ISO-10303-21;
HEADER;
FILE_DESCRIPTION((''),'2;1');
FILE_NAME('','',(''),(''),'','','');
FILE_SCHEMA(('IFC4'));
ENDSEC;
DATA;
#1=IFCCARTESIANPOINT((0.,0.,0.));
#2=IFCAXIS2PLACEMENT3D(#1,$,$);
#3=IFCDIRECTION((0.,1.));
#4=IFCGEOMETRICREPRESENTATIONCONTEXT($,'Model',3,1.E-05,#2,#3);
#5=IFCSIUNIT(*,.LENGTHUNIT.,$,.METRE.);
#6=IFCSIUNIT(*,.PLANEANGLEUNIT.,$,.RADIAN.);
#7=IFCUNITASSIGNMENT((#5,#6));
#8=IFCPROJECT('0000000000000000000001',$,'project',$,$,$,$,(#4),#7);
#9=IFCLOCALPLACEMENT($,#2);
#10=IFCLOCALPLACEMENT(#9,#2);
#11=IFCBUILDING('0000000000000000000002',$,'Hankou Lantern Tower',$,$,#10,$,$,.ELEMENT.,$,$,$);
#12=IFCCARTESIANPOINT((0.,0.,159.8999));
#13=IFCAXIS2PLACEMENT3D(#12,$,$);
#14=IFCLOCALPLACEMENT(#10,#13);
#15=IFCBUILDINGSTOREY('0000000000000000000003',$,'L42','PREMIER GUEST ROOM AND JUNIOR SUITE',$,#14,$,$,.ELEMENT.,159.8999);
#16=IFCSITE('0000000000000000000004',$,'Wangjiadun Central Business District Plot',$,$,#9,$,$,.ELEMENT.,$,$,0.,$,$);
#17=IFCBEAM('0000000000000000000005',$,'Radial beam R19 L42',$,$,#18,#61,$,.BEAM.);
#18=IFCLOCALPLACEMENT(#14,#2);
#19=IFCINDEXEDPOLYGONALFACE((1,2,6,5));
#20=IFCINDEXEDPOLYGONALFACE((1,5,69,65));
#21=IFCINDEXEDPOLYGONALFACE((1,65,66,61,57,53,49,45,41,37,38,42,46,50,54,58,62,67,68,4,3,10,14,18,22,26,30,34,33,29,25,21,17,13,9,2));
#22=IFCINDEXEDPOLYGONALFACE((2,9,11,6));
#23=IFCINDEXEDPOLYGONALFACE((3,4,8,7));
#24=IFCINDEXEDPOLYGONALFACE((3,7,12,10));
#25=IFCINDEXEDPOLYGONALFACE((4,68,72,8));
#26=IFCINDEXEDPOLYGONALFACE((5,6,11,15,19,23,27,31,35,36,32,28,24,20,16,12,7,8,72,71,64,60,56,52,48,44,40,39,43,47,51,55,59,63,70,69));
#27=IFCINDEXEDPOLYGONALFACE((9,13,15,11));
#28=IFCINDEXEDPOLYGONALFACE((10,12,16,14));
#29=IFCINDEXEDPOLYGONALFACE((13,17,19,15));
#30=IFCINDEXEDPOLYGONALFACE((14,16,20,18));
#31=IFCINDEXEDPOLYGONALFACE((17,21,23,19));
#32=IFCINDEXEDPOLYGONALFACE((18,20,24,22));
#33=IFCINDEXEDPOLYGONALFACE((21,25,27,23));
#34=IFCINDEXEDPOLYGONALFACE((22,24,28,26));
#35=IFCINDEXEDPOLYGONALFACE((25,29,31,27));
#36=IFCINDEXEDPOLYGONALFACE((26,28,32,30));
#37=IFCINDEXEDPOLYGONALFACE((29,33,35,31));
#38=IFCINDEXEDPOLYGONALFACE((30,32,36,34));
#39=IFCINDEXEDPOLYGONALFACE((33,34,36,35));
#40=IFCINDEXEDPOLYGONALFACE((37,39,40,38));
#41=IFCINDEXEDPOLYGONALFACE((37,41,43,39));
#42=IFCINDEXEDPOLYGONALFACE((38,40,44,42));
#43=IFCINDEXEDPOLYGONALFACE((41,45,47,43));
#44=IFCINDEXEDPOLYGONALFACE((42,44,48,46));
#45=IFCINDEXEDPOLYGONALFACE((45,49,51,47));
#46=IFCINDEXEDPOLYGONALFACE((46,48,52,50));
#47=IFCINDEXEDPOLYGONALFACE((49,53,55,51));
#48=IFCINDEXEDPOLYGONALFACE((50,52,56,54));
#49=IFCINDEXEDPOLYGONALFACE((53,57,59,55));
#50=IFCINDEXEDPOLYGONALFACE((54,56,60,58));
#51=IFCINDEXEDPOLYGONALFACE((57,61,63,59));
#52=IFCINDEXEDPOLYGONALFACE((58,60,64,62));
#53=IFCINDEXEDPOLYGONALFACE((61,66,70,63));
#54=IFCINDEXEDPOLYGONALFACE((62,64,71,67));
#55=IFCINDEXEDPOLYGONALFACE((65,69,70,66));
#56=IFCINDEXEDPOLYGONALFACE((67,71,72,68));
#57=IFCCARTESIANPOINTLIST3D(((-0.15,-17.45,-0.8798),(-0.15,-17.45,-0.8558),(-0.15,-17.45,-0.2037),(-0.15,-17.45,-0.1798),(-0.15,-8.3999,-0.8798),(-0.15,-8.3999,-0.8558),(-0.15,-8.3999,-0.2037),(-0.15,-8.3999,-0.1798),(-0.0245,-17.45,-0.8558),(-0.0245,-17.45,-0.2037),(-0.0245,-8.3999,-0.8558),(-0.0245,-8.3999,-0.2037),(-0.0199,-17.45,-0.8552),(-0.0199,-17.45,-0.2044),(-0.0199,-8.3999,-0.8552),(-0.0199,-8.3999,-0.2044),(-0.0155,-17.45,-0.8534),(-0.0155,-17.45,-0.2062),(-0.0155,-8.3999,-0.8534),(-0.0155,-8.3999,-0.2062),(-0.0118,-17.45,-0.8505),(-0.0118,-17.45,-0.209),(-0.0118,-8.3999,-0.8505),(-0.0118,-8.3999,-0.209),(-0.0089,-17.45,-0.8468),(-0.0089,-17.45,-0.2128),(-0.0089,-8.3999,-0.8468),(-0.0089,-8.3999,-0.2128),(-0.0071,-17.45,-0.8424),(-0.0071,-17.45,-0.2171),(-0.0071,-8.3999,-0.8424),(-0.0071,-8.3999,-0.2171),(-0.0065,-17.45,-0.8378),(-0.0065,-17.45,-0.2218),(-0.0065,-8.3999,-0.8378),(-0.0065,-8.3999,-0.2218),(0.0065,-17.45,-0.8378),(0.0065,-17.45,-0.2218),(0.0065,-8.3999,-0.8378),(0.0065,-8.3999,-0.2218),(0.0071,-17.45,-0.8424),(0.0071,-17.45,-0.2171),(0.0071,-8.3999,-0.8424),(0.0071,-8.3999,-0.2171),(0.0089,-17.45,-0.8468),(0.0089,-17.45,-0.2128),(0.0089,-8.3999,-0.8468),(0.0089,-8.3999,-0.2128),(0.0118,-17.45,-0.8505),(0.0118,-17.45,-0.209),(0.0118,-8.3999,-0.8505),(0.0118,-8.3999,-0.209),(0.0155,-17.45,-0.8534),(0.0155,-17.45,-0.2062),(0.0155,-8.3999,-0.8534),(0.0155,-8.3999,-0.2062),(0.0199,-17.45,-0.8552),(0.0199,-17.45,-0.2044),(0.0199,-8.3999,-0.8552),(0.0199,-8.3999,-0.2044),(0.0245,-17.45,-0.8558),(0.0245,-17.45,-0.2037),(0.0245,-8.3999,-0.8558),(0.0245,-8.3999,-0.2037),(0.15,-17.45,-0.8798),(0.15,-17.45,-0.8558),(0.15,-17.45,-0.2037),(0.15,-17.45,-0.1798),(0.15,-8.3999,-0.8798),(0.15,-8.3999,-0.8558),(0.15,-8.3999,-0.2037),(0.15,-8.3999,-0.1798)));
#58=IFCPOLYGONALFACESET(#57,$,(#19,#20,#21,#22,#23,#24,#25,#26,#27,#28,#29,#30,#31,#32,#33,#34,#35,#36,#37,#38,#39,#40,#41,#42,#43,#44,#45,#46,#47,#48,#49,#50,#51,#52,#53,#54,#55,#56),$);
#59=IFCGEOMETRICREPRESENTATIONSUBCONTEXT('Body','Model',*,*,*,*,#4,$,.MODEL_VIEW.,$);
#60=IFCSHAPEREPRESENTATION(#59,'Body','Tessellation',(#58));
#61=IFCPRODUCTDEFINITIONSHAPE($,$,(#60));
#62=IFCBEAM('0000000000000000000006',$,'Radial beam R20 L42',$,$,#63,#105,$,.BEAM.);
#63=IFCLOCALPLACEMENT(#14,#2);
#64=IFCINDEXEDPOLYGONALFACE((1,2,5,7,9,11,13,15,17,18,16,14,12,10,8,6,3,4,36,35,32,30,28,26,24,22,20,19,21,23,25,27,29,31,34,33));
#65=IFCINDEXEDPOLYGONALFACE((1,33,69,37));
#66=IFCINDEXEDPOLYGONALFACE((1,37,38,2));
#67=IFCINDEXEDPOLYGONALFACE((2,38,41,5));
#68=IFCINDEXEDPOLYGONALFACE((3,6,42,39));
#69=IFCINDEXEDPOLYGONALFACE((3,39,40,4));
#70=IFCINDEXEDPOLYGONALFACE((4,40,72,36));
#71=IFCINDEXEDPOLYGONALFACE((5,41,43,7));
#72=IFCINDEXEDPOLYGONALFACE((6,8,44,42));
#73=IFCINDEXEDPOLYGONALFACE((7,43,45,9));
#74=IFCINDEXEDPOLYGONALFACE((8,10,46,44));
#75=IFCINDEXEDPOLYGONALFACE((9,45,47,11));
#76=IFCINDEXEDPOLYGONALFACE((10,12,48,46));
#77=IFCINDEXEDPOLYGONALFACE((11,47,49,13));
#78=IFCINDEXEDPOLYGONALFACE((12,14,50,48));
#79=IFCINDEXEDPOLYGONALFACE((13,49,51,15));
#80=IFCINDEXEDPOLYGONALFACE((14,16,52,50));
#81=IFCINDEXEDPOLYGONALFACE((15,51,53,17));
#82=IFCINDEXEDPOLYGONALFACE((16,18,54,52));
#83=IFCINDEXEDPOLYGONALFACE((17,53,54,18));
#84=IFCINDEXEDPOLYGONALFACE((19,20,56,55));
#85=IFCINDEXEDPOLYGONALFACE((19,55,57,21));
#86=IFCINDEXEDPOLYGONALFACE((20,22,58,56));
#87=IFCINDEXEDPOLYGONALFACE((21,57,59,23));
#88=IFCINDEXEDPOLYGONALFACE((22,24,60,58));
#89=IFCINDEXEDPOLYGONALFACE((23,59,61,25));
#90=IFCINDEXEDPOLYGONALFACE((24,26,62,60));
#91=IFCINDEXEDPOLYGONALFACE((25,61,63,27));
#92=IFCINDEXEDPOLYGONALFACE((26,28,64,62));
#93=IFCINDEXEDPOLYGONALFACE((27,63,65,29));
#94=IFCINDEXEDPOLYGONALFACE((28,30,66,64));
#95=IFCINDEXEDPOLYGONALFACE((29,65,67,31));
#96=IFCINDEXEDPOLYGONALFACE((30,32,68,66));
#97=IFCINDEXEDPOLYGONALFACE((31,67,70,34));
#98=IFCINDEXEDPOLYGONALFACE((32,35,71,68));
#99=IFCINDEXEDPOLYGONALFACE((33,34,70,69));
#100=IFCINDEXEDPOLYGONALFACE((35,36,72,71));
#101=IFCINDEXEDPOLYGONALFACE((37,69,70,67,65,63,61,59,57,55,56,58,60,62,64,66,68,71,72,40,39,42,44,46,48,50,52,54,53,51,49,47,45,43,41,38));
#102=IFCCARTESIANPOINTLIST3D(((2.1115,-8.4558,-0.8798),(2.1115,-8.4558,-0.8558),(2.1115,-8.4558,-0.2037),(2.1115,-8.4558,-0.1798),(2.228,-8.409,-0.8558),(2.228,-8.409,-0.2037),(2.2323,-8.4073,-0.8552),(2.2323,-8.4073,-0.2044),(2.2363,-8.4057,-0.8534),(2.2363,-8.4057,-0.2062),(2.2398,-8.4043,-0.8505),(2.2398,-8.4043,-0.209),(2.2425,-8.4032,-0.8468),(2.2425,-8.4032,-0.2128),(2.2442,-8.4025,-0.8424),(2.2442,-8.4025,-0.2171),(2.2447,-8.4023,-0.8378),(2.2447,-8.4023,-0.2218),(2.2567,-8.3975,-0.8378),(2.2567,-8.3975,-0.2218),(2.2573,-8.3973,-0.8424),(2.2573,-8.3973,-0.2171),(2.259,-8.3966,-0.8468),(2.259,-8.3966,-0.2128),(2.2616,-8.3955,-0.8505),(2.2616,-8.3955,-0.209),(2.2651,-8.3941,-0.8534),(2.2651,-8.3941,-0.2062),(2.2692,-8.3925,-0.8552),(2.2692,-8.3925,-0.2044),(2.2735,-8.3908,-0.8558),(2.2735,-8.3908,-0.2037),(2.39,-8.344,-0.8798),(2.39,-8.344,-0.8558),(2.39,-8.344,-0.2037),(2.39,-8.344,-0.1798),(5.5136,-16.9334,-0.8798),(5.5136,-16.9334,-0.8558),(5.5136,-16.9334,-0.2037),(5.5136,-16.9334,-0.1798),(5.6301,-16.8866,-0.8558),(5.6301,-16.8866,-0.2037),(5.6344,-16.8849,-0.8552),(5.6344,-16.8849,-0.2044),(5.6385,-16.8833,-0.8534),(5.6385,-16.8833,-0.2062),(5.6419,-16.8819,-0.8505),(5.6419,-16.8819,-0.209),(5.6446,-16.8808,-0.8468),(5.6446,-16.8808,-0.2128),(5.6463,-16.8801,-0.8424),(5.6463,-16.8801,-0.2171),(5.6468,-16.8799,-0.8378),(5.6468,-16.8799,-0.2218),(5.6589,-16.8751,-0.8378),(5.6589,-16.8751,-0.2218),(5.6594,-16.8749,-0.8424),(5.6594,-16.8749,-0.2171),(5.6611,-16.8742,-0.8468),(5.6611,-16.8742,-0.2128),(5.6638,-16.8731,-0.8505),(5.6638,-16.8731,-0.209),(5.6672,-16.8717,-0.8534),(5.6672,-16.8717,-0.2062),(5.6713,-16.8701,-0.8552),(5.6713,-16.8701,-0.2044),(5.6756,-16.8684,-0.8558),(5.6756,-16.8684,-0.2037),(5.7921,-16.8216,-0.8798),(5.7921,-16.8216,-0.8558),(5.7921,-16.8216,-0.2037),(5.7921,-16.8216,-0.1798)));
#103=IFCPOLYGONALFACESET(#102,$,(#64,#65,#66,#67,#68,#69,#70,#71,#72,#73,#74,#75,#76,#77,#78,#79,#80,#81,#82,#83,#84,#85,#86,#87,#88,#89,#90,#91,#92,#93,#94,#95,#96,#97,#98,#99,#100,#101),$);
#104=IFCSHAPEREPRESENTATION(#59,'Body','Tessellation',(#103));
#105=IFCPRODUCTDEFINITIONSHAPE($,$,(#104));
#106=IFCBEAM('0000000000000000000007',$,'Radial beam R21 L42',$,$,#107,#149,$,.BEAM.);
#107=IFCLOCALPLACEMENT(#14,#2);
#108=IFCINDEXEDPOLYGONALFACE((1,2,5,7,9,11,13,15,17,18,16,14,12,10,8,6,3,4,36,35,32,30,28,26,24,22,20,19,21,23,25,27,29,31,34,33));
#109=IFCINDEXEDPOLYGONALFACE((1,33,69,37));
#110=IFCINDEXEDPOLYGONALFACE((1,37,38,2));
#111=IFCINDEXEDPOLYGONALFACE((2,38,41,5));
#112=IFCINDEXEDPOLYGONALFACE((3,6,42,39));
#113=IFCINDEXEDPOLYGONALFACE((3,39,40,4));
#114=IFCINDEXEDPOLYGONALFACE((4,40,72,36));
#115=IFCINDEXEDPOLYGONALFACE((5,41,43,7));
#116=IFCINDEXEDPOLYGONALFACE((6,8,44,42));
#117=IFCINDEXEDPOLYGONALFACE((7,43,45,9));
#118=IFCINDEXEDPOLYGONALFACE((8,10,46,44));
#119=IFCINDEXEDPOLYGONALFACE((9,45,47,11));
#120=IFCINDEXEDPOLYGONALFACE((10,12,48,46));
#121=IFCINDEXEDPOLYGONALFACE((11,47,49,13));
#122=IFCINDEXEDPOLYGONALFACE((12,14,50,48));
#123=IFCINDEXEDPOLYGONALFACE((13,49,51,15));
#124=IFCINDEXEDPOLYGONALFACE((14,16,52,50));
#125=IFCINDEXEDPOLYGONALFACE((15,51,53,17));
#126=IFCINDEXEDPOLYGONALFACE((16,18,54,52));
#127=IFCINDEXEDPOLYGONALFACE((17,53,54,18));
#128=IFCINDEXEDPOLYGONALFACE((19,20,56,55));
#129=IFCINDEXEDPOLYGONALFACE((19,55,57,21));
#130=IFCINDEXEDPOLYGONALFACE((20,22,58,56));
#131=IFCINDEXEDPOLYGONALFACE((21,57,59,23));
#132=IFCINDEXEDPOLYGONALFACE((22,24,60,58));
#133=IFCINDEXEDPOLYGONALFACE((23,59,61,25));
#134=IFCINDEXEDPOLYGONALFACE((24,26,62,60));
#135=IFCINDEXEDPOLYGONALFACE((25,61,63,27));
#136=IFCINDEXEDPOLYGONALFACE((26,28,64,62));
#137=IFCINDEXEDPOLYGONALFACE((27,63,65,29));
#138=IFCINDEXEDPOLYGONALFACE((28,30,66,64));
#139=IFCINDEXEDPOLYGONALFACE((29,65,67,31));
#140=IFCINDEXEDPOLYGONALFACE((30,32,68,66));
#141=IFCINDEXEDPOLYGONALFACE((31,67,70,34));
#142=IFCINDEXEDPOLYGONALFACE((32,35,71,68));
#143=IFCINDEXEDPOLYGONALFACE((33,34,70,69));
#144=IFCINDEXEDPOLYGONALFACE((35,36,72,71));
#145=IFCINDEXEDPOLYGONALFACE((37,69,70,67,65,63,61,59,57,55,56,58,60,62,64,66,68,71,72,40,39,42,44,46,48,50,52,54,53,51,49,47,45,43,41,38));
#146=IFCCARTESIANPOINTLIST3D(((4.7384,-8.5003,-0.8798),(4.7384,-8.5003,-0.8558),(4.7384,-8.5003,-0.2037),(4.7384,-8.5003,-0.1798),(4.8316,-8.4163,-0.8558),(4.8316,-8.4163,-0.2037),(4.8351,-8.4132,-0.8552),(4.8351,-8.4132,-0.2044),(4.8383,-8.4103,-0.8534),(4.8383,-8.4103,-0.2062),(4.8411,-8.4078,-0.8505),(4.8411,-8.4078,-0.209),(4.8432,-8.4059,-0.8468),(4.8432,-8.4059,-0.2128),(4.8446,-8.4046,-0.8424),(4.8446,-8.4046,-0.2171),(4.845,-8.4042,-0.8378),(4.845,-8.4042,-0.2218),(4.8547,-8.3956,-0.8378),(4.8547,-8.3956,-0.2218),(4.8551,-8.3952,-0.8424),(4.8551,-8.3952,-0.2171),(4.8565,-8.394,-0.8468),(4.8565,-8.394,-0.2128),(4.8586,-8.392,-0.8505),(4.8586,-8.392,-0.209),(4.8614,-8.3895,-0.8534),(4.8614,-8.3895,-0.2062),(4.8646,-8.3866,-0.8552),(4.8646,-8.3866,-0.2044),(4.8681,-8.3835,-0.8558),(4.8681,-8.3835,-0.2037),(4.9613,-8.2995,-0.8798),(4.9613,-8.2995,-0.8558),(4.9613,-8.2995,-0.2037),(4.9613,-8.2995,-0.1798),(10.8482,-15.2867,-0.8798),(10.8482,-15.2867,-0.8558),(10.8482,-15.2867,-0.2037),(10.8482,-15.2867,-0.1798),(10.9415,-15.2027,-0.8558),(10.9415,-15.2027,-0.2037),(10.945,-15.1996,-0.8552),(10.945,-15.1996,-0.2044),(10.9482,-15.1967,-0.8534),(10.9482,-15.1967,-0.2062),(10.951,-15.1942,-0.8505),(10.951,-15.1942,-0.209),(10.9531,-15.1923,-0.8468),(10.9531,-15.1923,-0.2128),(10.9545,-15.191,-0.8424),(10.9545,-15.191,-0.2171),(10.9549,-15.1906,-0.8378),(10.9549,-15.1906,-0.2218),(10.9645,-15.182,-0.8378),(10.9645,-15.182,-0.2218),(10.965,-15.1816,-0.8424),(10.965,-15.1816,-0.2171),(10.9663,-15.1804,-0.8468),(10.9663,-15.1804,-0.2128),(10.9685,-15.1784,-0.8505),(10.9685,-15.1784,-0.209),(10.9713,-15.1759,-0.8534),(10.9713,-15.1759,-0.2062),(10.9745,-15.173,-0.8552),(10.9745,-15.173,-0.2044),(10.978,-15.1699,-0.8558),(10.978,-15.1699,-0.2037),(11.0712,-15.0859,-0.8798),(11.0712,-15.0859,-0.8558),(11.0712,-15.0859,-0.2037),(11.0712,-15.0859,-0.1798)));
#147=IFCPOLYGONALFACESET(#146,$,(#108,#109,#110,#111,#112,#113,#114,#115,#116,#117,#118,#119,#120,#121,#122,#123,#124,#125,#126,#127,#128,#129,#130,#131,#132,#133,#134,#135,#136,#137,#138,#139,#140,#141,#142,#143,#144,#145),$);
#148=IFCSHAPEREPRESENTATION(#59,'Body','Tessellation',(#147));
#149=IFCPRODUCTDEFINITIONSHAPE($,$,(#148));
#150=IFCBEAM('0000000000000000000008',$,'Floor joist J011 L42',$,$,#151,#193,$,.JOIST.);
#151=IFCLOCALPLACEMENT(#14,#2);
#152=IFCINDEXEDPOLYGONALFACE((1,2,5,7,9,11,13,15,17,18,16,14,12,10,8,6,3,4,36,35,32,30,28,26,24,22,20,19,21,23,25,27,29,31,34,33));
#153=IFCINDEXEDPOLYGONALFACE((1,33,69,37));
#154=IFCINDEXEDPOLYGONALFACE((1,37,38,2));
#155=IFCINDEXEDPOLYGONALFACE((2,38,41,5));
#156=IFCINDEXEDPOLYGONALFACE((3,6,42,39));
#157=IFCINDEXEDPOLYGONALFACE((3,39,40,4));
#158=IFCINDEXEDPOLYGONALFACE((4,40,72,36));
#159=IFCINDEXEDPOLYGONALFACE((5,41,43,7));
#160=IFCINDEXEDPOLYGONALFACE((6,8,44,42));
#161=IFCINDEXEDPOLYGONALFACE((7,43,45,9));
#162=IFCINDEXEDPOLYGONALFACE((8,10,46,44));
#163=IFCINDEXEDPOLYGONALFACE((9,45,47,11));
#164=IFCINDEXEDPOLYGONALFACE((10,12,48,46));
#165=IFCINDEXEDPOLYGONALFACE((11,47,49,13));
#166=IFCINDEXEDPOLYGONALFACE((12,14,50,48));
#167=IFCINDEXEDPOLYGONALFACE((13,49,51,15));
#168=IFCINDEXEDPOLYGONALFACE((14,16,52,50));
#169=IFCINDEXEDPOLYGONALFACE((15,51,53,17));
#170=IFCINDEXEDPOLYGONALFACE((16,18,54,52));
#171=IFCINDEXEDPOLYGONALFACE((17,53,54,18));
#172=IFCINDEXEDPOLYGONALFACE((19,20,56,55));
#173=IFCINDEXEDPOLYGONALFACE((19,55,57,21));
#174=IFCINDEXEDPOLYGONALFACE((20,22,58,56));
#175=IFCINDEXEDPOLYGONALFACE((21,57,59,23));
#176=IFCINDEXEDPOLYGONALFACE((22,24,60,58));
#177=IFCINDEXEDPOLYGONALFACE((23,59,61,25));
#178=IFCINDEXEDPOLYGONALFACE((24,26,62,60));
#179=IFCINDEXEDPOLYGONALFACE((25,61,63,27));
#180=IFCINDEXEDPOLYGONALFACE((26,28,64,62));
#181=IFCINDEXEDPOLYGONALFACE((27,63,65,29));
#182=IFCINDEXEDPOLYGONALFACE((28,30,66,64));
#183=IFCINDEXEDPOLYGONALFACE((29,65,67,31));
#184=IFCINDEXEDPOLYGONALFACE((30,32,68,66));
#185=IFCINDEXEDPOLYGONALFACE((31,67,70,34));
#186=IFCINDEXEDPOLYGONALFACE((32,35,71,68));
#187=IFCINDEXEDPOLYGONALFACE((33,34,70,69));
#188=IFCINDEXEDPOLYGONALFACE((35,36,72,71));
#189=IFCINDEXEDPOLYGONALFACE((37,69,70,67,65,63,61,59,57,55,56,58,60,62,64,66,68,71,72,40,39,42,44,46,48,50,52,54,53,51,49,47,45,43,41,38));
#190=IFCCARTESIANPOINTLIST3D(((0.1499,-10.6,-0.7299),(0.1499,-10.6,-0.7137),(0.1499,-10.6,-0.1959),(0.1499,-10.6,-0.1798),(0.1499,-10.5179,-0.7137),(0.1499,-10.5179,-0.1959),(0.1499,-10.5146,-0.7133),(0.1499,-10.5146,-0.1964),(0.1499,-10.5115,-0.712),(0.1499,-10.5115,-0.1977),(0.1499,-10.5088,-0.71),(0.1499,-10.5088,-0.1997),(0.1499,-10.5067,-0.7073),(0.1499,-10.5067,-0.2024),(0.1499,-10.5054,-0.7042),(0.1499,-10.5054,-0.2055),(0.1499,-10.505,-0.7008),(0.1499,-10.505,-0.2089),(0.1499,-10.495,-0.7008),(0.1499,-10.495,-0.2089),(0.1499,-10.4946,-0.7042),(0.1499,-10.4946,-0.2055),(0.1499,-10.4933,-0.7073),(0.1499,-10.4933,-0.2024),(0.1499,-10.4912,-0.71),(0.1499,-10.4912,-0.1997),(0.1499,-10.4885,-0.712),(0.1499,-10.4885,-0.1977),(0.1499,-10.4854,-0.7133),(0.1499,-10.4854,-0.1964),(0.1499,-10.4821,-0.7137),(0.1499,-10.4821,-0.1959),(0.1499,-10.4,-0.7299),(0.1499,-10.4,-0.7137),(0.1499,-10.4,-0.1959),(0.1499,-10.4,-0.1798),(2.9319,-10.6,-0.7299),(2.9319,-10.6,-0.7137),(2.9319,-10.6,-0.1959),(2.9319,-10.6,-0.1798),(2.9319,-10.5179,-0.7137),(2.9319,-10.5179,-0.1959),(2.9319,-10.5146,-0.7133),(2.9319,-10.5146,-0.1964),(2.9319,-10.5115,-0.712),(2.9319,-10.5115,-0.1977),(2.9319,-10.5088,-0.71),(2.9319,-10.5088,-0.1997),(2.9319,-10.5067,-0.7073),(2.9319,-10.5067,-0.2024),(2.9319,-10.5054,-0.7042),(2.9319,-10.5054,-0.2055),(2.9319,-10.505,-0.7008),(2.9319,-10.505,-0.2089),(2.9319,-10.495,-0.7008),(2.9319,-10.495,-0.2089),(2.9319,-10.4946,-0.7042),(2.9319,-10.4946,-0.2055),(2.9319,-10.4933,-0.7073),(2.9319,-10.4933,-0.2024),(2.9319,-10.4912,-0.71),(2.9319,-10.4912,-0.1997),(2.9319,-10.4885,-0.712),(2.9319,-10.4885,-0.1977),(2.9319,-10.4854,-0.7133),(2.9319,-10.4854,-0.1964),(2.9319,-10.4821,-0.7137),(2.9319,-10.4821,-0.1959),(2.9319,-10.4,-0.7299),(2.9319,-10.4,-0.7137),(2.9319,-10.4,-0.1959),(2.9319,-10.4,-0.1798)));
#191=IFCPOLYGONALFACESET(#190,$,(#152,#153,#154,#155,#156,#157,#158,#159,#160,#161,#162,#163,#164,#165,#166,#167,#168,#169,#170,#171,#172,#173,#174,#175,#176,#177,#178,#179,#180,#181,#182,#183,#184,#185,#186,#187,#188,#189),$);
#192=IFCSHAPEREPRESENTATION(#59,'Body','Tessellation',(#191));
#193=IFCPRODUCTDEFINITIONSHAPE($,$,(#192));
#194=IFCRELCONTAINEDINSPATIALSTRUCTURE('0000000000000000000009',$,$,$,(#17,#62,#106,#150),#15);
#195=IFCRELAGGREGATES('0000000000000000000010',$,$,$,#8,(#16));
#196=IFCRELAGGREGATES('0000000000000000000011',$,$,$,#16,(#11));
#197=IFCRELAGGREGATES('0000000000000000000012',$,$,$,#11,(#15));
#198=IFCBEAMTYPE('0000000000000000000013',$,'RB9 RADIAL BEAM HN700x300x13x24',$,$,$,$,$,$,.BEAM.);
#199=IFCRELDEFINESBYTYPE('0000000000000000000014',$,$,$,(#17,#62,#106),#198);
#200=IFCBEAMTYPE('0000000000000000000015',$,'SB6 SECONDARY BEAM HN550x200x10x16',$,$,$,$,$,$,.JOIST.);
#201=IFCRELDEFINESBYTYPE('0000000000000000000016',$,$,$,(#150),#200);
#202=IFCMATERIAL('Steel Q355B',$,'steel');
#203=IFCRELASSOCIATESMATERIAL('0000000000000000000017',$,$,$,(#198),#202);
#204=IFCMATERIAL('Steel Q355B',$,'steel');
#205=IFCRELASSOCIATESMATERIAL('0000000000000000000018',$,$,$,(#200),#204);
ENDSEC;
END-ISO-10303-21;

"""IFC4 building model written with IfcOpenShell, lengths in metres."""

from ifc_helpers import new_model, si_unit, direction, frame, origin, origin_2d, place, context, subcontext, project, spatial, i_section, extrude, material, material_profile, profile_set, type_object, element, save


model = new_model("IFC4")

# Units and contexts
model_context = context("Model", 3, precision=1e-05, world=origin(), true_north=direction((0.0, 1.0)))
body_context = subcontext(model_context, "Body", "Model", "MODEL_VIEW")
ifc_project = project(units=[si_unit("LENGTHUNIT", "METRE"), si_unit("PLANEANGLEUNIT", "RADIAN")], contexts=[model_context])

# Site, building, storey
site_placement = place(None, origin())
site = spatial("IfcSite", under=ifc_project, at=site_placement, Name="Wangjiadun Central Business District Plot", CompositionType="ELEMENT", RefElevation=0.0)
building_placement = place(site_placement, origin())
building = spatial("IfcBuilding", under=site, at=building_placement, Name="Hankou Lantern Tower", CompositionType="ELEMENT")
storey_placement = place(building_placement, frame((0.0, 0.0, 159.8999)))
storey = spatial("IfcBuildingStorey", under=building, at=storey_placement, Name="L42", Description="PREMIER GUEST ROOM AND JUNIOR SUITE", CompositionType="ELEMENT", Elevation=159.8999)

# Beams
ifc_material_1 = material(Name="Steel Q355B", Category="steel")
ifc_material_profile_1 = material_profile(ifc_material_1, i_section(OverallWidth=0.3, OverallDepth=0.7, WebThickness=0.0129, FlangeThickness=0.0239, FilletRadius=0.0181, at=origin_2d()), Name="HN700x300x13x24")
ifc_profile_set_1 = profile_set([ifc_material_profile_1], Name="Steel Q355B")
beam_type_1 = type_object("IfcBeamType", Name="RB9 RADIAL BEAM HN700x300x13x24", PredefinedType="BEAM", material=ifc_profile_set_1)
beam_1_placement = place(storey_placement, frame((0.0, -8.3999, -0.5298), z_axis=(0.0, -1.0, 0.0), x_axis=(1.0, 0.0, 0.0)))
element("IfcBeam", 1, at=beam_1_placement, inside=storey, type_object=beam_type_1, Name="Radial beam R19 L42", PredefinedType="BEAM", context=body_context, shape_type="SweptSolid", body=[
    extrude(i_section(OverallWidth=0.3, OverallDepth=0.7, WebThickness=0.0129, FlangeThickness=0.0239, FilletRadius=0.0181, at=origin_2d()), origin(), (0.0, 0.0, 1.0), 9.05),
])
beam_2_placement = place(storey_placement, frame((2.2507, -8.3999, -0.5298), z_axis=(0.372436, -0.928058, 0.0), x_axis=(0.928058, 0.372436, 0.0)))
element("IfcBeam", 2, at=beam_2_placement, inside=storey, type_object=beam_type_1, Name="Radial beam R20 L42", PredefinedType="BEAM", context=body_context, shape_type="SweptSolid", body=[
    extrude(i_section(OverallWidth=0.3, OverallDepth=0.7, WebThickness=0.0129, FlangeThickness=0.0239, FilletRadius=0.0181, at=origin_2d()), origin(), (0.0, 0.0, 1.0), 9.1348),
])
beam_3_placement = place(storey_placement, frame((4.8499, -8.3999, -0.5298), z_axis=(0.669093, -0.743178, 0.0), x_axis=(0.743178, 0.669093, 0.0)))
element("IfcBeam", 3, at=beam_3_placement, inside=storey, type_object=beam_type_1, Name="Radial beam R21 L42", PredefinedType="BEAM", context=body_context, shape_type="SweptSolid", body=[
    extrude(i_section(OverallWidth=0.3, OverallDepth=0.7, WebThickness=0.0129, FlangeThickness=0.0239, FilletRadius=0.0181, at=origin_2d()), origin(), (0.0, 0.0, 1.0), 9.1316),
])
ifc_material_2 = material(Name="Steel Q355B", Category="steel")
ifc_material_profile_2 = material_profile(ifc_material_2, i_section(OverallWidth=0.2, OverallDepth=0.55, WebThickness=0.01, FlangeThickness=0.0161, FilletRadius=0.0129, at=origin_2d()), Name="HN550x200x10x16")
ifc_profile_set_2 = profile_set([ifc_material_profile_2], Name="Steel Q355B")
beam_type_2 = type_object("IfcBeamType", Name="SB6 SECONDARY BEAM HN550x200x10x16", PredefinedType="JOIST", material=ifc_profile_set_2)
beam_4_placement = place(storey_placement, frame((0.1499, -10.5, -0.4548), z_axis=(1.0, 0.0, 0.0), x_axis=(0.0, 1.0, 0.0)))
element("IfcBeam", 4, at=beam_4_placement, inside=storey, type_object=beam_type_2, Name="Floor joist J011 L42", PredefinedType="JOIST", context=body_context, shape_type="SweptSolid", body=[
    extrude(i_section(OverallWidth=0.2, OverallDepth=0.55, WebThickness=0.01, FlangeThickness=0.0161, FilletRadius=0.0129, at=origin_2d()), origin(), (0.0, 0.0, 1.0), 2.782),
])

save(model, "model.ifc")
